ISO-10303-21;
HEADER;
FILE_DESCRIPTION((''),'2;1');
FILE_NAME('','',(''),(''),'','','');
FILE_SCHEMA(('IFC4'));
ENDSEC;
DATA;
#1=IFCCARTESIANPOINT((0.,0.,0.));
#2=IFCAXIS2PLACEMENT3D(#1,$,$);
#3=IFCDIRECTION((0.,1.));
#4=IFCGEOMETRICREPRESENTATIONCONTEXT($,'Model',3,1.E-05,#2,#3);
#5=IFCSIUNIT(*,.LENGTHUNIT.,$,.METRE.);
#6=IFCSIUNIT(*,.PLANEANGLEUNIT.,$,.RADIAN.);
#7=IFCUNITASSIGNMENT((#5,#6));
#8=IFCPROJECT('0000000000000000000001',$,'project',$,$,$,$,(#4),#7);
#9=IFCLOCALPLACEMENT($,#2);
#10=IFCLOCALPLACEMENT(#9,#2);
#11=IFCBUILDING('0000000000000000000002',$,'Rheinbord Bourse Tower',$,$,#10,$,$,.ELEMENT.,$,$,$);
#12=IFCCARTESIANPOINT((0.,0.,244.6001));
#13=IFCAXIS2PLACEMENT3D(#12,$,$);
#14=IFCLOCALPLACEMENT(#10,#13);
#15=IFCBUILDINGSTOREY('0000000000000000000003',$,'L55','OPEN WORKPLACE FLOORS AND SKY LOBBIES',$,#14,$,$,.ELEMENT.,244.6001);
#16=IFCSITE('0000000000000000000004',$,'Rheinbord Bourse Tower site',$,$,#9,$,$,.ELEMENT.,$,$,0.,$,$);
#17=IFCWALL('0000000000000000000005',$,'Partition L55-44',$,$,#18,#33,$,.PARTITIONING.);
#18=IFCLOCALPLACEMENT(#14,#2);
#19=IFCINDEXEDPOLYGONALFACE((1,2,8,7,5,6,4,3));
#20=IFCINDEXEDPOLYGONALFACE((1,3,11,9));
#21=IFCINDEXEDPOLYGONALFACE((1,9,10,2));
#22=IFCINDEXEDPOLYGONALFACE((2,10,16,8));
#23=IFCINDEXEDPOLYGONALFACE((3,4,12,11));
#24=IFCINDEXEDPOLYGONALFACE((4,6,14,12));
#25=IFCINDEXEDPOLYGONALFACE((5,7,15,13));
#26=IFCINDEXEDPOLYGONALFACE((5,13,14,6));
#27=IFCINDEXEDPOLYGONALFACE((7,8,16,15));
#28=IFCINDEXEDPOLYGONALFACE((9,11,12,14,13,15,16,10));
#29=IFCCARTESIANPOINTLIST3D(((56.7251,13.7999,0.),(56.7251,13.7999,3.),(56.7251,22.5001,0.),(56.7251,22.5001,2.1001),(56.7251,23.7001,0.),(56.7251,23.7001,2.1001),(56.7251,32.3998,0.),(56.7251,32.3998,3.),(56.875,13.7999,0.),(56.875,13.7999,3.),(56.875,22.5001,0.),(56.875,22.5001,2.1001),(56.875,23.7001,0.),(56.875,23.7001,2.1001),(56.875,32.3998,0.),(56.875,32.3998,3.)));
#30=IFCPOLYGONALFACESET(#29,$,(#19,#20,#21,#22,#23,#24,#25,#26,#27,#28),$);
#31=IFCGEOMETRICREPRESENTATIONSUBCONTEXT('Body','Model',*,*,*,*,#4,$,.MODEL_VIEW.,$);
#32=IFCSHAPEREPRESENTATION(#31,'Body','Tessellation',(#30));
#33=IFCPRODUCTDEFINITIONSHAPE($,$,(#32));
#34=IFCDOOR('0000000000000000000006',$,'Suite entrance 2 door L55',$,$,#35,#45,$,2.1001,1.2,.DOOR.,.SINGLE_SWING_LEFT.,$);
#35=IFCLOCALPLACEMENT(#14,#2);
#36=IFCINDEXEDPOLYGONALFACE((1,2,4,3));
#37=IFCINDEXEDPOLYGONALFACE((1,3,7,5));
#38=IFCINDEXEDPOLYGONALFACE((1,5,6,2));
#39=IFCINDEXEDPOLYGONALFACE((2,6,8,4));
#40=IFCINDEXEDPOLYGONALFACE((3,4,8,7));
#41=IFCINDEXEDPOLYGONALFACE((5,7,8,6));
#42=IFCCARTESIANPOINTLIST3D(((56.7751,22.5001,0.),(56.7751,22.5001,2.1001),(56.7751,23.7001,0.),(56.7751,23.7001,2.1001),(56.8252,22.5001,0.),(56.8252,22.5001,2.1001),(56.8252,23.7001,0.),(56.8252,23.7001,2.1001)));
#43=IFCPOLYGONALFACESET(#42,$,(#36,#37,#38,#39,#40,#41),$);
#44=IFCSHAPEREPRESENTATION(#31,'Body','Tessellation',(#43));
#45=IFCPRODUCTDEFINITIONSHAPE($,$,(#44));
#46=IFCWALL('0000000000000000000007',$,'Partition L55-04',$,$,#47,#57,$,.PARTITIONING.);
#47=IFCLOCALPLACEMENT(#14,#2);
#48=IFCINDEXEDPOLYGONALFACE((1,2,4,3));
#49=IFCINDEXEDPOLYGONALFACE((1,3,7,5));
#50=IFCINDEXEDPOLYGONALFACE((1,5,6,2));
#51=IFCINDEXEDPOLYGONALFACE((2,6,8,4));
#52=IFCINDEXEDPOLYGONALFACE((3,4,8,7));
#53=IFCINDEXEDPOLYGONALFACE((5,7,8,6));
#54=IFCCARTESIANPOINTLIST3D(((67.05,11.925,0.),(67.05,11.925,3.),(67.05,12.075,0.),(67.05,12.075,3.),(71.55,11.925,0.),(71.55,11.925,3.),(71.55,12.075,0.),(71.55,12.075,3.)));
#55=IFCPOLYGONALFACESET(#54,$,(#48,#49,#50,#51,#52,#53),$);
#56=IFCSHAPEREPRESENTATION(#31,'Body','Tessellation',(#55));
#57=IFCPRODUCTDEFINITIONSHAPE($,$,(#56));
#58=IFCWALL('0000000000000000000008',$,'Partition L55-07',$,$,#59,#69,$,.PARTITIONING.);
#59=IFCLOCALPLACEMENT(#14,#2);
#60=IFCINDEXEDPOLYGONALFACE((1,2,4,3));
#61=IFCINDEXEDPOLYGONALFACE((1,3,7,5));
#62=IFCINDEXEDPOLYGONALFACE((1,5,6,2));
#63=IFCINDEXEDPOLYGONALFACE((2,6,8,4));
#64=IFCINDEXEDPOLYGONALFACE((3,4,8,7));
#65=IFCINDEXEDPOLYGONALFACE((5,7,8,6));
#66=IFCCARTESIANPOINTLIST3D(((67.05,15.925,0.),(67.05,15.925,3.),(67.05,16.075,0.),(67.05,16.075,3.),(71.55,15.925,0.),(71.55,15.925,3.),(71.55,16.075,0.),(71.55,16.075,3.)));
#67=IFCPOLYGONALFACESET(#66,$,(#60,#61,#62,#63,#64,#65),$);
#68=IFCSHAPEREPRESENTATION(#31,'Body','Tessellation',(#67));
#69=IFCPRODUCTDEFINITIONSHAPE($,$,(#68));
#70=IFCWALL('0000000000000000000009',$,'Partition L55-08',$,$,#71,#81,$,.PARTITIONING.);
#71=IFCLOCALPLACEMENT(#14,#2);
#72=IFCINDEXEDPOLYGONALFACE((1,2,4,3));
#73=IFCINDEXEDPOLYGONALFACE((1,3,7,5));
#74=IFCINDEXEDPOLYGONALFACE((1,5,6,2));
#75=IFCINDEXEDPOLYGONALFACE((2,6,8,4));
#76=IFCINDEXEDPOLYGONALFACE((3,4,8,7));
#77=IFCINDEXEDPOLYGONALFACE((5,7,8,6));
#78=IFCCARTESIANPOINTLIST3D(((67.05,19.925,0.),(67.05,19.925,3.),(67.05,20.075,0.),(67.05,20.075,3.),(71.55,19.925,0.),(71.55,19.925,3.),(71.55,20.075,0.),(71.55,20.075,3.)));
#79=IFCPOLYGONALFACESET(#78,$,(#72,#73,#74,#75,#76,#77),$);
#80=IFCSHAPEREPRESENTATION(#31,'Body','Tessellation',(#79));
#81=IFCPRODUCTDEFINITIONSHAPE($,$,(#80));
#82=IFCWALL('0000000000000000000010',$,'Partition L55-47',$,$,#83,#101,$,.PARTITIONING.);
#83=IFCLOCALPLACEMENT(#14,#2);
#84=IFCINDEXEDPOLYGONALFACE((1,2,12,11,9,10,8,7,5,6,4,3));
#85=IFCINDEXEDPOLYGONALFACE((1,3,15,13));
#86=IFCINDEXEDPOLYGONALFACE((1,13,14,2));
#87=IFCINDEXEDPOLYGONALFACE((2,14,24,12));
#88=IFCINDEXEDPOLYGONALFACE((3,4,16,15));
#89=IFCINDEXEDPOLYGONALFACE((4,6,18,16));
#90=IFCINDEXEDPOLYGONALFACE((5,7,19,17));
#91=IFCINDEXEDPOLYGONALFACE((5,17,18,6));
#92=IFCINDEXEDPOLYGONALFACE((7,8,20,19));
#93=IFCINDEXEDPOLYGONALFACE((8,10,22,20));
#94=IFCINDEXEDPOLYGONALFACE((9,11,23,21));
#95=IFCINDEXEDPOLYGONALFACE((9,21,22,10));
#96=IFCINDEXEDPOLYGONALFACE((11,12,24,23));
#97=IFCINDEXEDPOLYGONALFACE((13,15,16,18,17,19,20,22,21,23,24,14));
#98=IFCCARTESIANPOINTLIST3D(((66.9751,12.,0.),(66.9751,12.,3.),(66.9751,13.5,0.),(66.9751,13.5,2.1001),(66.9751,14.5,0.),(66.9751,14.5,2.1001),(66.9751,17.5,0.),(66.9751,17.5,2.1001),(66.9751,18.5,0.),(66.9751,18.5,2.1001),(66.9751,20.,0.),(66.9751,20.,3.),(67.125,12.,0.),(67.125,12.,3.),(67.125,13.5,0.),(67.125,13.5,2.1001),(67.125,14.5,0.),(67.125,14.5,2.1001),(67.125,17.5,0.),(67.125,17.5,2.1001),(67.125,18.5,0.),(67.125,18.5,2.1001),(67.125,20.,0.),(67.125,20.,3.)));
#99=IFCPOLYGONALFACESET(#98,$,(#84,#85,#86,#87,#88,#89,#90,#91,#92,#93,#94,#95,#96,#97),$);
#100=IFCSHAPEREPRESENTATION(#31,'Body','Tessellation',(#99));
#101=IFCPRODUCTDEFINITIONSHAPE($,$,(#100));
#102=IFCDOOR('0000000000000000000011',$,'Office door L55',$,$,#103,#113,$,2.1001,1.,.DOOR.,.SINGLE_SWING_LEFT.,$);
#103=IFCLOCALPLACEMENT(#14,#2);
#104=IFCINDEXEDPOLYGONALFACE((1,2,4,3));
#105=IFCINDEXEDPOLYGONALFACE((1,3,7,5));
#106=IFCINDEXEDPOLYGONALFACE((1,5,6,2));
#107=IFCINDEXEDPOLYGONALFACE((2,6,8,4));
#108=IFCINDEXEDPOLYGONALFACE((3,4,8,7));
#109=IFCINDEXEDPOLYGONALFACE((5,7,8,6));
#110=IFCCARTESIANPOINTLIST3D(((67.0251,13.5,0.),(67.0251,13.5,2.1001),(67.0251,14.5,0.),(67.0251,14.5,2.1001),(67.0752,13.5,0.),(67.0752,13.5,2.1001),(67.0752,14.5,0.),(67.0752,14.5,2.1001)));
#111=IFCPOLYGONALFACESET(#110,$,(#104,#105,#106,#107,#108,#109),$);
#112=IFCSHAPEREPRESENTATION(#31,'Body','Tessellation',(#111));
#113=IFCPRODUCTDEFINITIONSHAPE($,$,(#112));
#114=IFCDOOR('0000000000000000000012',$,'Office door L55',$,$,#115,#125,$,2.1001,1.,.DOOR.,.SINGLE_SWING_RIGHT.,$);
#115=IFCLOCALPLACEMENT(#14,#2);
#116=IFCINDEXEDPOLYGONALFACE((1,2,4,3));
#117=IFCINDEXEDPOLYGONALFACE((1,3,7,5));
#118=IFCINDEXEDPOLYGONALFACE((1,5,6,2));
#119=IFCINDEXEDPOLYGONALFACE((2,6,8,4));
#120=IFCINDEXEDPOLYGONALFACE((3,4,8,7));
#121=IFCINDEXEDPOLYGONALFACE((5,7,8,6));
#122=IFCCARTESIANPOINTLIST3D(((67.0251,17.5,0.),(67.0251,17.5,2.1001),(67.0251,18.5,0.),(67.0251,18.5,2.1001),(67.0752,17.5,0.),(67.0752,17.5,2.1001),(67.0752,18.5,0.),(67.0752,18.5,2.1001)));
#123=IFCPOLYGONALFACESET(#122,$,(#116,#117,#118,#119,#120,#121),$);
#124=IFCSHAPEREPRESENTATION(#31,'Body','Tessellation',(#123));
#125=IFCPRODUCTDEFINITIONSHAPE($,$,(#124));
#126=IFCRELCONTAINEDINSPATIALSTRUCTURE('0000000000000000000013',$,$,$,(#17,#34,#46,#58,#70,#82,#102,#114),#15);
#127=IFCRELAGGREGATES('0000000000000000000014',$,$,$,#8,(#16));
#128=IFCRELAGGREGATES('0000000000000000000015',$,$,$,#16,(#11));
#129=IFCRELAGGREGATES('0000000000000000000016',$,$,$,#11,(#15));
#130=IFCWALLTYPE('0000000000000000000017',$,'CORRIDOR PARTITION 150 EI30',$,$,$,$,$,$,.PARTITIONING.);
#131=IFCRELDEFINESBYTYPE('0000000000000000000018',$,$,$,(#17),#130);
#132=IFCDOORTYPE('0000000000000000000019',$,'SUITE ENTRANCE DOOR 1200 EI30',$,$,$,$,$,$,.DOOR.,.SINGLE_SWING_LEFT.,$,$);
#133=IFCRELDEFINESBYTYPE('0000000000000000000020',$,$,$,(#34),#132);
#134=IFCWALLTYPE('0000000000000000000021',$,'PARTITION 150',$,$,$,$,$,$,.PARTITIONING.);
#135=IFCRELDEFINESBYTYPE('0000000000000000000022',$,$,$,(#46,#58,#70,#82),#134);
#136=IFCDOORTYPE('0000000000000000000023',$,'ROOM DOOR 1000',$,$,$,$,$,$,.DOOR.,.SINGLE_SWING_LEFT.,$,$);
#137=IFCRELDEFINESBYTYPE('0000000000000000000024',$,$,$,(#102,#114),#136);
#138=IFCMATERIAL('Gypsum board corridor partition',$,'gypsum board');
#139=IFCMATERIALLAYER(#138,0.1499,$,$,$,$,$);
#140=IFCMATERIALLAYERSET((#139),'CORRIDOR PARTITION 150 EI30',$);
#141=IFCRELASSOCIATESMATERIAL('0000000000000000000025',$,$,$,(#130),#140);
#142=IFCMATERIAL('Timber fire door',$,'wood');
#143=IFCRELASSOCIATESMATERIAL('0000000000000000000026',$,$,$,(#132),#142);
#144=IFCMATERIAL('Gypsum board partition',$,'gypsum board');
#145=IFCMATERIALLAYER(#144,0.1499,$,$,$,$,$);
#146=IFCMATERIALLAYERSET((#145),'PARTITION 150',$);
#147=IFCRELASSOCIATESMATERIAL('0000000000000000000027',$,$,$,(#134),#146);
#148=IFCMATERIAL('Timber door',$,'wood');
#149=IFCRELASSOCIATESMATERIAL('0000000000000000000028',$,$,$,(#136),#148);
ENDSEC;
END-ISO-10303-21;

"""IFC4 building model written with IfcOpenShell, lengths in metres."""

from ifc_helpers import new_model, si_unit, direction, frame, frame_2d, origin, place, context, subcontext, project, spatial, rectangle, extrude, material, layer, layer_set, type_object, element, fill, save


model = new_model("IFC4")

# Units and contexts
model_context = context("Model", 3, precision=1e-05, world=origin(), true_north=direction((0.0, 1.0)))
body_context = subcontext(model_context, "Body", "Model", "MODEL_VIEW")
ifc_project = project(units=[si_unit("LENGTHUNIT", "METRE"), si_unit("PLANEANGLEUNIT", "RADIAN")], contexts=[model_context])

# Site, building, storey
site_placement = place(None, origin())
site = spatial("IfcSite", under=ifc_project, at=site_placement, Name="Rheinbord Bourse Tower site", CompositionType="ELEMENT", RefElevation=0.0)
building_placement = place(site_placement, origin())
building = spatial("IfcBuilding", under=site, at=building_placement, Name="Rheinbord Bourse Tower", CompositionType="ELEMENT")
storey_placement = place(building_placement, frame((0.0, 0.0, 244.6001)))
storey = spatial("IfcBuildingStorey", under=building, at=storey_placement, Name="L55", Description="OPEN WORKPLACE FLOORS AND SKY LOBBIES", CompositionType="ELEMENT", Elevation=244.6001)

# Wall, opening, door
ifc_material_1 = material(Name="Gypsum board corridor partition", Category="gypsum board")
ifc_layer_1 = layer(ifc_material_1, 0.1499)
ifc_layer_set_1 = layer_set([ifc_layer_1], Name="CORRIDOR PARTITION 150 EI30")
wall_type_1 = type_object("IfcWallType", Name="CORRIDOR PARTITION 150 EI30", PredefinedType="PARTITIONING", material=ifc_layer_set_1)
wall_1_placement = place(storey_placement, frame((56.8, 13.8, 0.0), z_axis=(0.0, 0.0, 1.0), x_axis=(0.0, 1.0, 0.0)))
wall_1 = element("IfcWall", 1, at=wall_1_placement, inside=storey, type_object=wall_type_1, Name="Partition L55-44", PredefinedType="PARTITIONING", context=body_context, shape_type="SweptSolid", body=[
    extrude(rectangle(XDim=18.5999, YDim=0.1499, at=frame_2d((9.2998, 0.0))), origin(), (0.0, 0.0, 1.0), 3.0),
])
opening_1_placement = place(wall_1_placement, frame((8.7, 0.0, 0.0)))
opening_1 = element("IfcOpeningElement", 2, at=opening_1_placement, cuts=wall_1, PredefinedType="OPENING", context=body_context, shape_type="SweptSolid", body=[
    extrude(rectangle(XDim=1.2, YDim=2.1001, at=frame_2d((0.6001, 1.05))), frame((0.0, 0.085, 0.0), z_axis=(0.0, -1.0, 0.0), x_axis=(1.0, 0.0, 0.0)), (0.0, 0.0, 1.0), 0.1699),
])
ifc_material_2 = material(Name="Timber fire door", Category="wood")
door_type_1 = type_object("IfcDoorType", Name="SUITE ENTRANCE DOOR 1200 EI30", OperationType="SINGLE_SWING_LEFT", PredefinedType="DOOR", material=ifc_material_2)
door_1_placement = place(opening_1_placement, origin())
door_1 = element("IfcDoor", 3, at=door_1_placement, inside=storey, type_object=door_type_1, Name="Suite entrance 2 door L55", OperationType="SINGLE_SWING_LEFT", OverallHeight=2.1001, OverallWidth=1.2, PredefinedType="DOOR", context=body_context, shape_type="SweptSolid", body=[
    extrude(rectangle(XDim=1.2, YDim=2.1001, at=frame_2d((0.6001, 1.05))), frame((0.0, 0.0249, 0.0), z_axis=(0.0, -1.0, 0.0), x_axis=(1.0, 0.0, 0.0)), (0.0, 0.0, 1.0), 0.05),
])
fill(opening_1, door_1)

# Walls
ifc_material_3 = material(Name="Gypsum board partition", Category="gypsum board")
ifc_layer_2 = layer(ifc_material_3, 0.1499)
ifc_layer_set_2 = layer_set([ifc_layer_2], Name="PARTITION 150")
wall_type_2 = type_object("IfcWallType", Name="PARTITION 150", PredefinedType="PARTITIONING", material=ifc_layer_set_2)
for number, where, z_axis, x_axis, name in (
    (4, (67.05, 12.0, 0.0), (0.0, 0.0, 1.0), (1.0, 0.0, 0.0), "Partition L55-04"),
    (5, (67.05, 16.0, 0.0), (0.0, 0.0, 1.0), (1.0, 0.0, 0.0), "Partition L55-07"),
    (6, (67.05, 20.0, 0.0), (0.0, 0.0, 1.0), (1.0, 0.0, 0.0), "Partition L55-08"),
):
    element("IfcWall", number, at=place(storey_placement, frame(where, z_axis=z_axis, x_axis=x_axis)), inside=storey, type_object=wall_type_2, Name=name, PredefinedType="PARTITIONING", context=body_context, shape_type="SweptSolid", body=[
        extrude(rectangle(XDim=4.5, YDim=0.1499, at=frame_2d((2.25, 0.0))), origin(), (0.0, 0.0, 1.0), 3.0),
    ])

# Wall, openings, doors
wall_2_placement = place(storey_placement, frame((67.05, 12.0, 0.0), z_axis=(0.0, 0.0, 1.0), x_axis=(0.0, 1.0, 0.0)))
wall_2 = element("IfcWall", 7, at=wall_2_placement, inside=storey, type_object=wall_type_2, Name="Partition L55-47", PredefinedType="PARTITIONING", context=body_context, shape_type="SweptSolid", body=[
    extrude(rectangle(XDim=8.0, YDim=0.1499, at=frame_2d((4.0, 0.0))), origin(), (0.0, 0.0, 1.0), 3.0),
])
opening_2_placement = place(wall_2_placement, frame((1.5, 0.0, 0.0)))
opening_2 = element("IfcOpeningElement", 8, at=opening_2_placement, cuts=wall_2, PredefinedType="OPENING", context=body_context, shape_type="SweptSolid", body=[
    extrude(rectangle(XDim=1.0, YDim=2.1001, at=frame_2d((0.5, 1.05))), frame((0.0, 0.085, 0.0), z_axis=(0.0, -1.0, 0.0), x_axis=(1.0, 0.0, 0.0)), (0.0, 0.0, 1.0), 0.1699),
])
opening_3_placement = place(wall_2_placement, frame((5.5, 0.0, 0.0)))
opening_3 = element("IfcOpeningElement", 9, at=opening_3_placement, cuts=wall_2, PredefinedType="OPENING", context=body_context, shape_type="SweptSolid", body=[
    extrude(rectangle(XDim=1.0, YDim=2.1001, at=frame_2d((0.5, 1.05))), frame((0.0, 0.085, 0.0), z_axis=(0.0, -1.0, 0.0), x_axis=(1.0, 0.0, 0.0)), (0.0, 0.0, 1.0), 0.1699),
])
ifc_material_4 = material(Name="Timber door", Category="wood")
door_type_2 = type_object("IfcDoorType", Name="ROOM DOOR 1000", OperationType="SINGLE_SWING_LEFT", PredefinedType="DOOR", material=ifc_material_4)
door_2_placement = place(opening_2_placement, origin())
door_2 = element("IfcDoor", 10, at=door_2_placement, inside=storey, type_object=door_type_2, Name="Office door L55", OperationType="SINGLE_SWING_LEFT", OverallHeight=2.1001, OverallWidth=1.0, PredefinedType="DOOR", context=body_context, shape_type="SweptSolid", body=[
    extrude(rectangle(XDim=1.0, YDim=2.1001, at=frame_2d((0.5, 1.05))), frame((0.0, 0.0249, 0.0), z_axis=(0.0, -1.0, 0.0), x_axis=(1.0, 0.0, 0.0)), (0.0, 0.0, 1.0), 0.05),
])
fill(opening_2, door_2)
door_3_placement = place(opening_3_placement, origin())
door_3 = element("IfcDoor", 11, at=door_3_placement, inside=storey, type_object=door_type_2, Name="Office door L55", OperationType="SINGLE_SWING_RIGHT", OverallHeight=2.1001, OverallWidth=1.0, PredefinedType="DOOR", context=body_context, shape_type="SweptSolid", body=[
    extrude(rectangle(XDim=1.0, YDim=2.1001, at=frame_2d((0.5, 1.05))), frame((0.0, 0.0249, 0.0), z_axis=(0.0, -1.0, 0.0), x_axis=(1.0, 0.0, 0.0)), (0.0, 0.0, 1.0), 0.05),
])
fill(opening_3, door_3)

save(model, "model.ifc")
